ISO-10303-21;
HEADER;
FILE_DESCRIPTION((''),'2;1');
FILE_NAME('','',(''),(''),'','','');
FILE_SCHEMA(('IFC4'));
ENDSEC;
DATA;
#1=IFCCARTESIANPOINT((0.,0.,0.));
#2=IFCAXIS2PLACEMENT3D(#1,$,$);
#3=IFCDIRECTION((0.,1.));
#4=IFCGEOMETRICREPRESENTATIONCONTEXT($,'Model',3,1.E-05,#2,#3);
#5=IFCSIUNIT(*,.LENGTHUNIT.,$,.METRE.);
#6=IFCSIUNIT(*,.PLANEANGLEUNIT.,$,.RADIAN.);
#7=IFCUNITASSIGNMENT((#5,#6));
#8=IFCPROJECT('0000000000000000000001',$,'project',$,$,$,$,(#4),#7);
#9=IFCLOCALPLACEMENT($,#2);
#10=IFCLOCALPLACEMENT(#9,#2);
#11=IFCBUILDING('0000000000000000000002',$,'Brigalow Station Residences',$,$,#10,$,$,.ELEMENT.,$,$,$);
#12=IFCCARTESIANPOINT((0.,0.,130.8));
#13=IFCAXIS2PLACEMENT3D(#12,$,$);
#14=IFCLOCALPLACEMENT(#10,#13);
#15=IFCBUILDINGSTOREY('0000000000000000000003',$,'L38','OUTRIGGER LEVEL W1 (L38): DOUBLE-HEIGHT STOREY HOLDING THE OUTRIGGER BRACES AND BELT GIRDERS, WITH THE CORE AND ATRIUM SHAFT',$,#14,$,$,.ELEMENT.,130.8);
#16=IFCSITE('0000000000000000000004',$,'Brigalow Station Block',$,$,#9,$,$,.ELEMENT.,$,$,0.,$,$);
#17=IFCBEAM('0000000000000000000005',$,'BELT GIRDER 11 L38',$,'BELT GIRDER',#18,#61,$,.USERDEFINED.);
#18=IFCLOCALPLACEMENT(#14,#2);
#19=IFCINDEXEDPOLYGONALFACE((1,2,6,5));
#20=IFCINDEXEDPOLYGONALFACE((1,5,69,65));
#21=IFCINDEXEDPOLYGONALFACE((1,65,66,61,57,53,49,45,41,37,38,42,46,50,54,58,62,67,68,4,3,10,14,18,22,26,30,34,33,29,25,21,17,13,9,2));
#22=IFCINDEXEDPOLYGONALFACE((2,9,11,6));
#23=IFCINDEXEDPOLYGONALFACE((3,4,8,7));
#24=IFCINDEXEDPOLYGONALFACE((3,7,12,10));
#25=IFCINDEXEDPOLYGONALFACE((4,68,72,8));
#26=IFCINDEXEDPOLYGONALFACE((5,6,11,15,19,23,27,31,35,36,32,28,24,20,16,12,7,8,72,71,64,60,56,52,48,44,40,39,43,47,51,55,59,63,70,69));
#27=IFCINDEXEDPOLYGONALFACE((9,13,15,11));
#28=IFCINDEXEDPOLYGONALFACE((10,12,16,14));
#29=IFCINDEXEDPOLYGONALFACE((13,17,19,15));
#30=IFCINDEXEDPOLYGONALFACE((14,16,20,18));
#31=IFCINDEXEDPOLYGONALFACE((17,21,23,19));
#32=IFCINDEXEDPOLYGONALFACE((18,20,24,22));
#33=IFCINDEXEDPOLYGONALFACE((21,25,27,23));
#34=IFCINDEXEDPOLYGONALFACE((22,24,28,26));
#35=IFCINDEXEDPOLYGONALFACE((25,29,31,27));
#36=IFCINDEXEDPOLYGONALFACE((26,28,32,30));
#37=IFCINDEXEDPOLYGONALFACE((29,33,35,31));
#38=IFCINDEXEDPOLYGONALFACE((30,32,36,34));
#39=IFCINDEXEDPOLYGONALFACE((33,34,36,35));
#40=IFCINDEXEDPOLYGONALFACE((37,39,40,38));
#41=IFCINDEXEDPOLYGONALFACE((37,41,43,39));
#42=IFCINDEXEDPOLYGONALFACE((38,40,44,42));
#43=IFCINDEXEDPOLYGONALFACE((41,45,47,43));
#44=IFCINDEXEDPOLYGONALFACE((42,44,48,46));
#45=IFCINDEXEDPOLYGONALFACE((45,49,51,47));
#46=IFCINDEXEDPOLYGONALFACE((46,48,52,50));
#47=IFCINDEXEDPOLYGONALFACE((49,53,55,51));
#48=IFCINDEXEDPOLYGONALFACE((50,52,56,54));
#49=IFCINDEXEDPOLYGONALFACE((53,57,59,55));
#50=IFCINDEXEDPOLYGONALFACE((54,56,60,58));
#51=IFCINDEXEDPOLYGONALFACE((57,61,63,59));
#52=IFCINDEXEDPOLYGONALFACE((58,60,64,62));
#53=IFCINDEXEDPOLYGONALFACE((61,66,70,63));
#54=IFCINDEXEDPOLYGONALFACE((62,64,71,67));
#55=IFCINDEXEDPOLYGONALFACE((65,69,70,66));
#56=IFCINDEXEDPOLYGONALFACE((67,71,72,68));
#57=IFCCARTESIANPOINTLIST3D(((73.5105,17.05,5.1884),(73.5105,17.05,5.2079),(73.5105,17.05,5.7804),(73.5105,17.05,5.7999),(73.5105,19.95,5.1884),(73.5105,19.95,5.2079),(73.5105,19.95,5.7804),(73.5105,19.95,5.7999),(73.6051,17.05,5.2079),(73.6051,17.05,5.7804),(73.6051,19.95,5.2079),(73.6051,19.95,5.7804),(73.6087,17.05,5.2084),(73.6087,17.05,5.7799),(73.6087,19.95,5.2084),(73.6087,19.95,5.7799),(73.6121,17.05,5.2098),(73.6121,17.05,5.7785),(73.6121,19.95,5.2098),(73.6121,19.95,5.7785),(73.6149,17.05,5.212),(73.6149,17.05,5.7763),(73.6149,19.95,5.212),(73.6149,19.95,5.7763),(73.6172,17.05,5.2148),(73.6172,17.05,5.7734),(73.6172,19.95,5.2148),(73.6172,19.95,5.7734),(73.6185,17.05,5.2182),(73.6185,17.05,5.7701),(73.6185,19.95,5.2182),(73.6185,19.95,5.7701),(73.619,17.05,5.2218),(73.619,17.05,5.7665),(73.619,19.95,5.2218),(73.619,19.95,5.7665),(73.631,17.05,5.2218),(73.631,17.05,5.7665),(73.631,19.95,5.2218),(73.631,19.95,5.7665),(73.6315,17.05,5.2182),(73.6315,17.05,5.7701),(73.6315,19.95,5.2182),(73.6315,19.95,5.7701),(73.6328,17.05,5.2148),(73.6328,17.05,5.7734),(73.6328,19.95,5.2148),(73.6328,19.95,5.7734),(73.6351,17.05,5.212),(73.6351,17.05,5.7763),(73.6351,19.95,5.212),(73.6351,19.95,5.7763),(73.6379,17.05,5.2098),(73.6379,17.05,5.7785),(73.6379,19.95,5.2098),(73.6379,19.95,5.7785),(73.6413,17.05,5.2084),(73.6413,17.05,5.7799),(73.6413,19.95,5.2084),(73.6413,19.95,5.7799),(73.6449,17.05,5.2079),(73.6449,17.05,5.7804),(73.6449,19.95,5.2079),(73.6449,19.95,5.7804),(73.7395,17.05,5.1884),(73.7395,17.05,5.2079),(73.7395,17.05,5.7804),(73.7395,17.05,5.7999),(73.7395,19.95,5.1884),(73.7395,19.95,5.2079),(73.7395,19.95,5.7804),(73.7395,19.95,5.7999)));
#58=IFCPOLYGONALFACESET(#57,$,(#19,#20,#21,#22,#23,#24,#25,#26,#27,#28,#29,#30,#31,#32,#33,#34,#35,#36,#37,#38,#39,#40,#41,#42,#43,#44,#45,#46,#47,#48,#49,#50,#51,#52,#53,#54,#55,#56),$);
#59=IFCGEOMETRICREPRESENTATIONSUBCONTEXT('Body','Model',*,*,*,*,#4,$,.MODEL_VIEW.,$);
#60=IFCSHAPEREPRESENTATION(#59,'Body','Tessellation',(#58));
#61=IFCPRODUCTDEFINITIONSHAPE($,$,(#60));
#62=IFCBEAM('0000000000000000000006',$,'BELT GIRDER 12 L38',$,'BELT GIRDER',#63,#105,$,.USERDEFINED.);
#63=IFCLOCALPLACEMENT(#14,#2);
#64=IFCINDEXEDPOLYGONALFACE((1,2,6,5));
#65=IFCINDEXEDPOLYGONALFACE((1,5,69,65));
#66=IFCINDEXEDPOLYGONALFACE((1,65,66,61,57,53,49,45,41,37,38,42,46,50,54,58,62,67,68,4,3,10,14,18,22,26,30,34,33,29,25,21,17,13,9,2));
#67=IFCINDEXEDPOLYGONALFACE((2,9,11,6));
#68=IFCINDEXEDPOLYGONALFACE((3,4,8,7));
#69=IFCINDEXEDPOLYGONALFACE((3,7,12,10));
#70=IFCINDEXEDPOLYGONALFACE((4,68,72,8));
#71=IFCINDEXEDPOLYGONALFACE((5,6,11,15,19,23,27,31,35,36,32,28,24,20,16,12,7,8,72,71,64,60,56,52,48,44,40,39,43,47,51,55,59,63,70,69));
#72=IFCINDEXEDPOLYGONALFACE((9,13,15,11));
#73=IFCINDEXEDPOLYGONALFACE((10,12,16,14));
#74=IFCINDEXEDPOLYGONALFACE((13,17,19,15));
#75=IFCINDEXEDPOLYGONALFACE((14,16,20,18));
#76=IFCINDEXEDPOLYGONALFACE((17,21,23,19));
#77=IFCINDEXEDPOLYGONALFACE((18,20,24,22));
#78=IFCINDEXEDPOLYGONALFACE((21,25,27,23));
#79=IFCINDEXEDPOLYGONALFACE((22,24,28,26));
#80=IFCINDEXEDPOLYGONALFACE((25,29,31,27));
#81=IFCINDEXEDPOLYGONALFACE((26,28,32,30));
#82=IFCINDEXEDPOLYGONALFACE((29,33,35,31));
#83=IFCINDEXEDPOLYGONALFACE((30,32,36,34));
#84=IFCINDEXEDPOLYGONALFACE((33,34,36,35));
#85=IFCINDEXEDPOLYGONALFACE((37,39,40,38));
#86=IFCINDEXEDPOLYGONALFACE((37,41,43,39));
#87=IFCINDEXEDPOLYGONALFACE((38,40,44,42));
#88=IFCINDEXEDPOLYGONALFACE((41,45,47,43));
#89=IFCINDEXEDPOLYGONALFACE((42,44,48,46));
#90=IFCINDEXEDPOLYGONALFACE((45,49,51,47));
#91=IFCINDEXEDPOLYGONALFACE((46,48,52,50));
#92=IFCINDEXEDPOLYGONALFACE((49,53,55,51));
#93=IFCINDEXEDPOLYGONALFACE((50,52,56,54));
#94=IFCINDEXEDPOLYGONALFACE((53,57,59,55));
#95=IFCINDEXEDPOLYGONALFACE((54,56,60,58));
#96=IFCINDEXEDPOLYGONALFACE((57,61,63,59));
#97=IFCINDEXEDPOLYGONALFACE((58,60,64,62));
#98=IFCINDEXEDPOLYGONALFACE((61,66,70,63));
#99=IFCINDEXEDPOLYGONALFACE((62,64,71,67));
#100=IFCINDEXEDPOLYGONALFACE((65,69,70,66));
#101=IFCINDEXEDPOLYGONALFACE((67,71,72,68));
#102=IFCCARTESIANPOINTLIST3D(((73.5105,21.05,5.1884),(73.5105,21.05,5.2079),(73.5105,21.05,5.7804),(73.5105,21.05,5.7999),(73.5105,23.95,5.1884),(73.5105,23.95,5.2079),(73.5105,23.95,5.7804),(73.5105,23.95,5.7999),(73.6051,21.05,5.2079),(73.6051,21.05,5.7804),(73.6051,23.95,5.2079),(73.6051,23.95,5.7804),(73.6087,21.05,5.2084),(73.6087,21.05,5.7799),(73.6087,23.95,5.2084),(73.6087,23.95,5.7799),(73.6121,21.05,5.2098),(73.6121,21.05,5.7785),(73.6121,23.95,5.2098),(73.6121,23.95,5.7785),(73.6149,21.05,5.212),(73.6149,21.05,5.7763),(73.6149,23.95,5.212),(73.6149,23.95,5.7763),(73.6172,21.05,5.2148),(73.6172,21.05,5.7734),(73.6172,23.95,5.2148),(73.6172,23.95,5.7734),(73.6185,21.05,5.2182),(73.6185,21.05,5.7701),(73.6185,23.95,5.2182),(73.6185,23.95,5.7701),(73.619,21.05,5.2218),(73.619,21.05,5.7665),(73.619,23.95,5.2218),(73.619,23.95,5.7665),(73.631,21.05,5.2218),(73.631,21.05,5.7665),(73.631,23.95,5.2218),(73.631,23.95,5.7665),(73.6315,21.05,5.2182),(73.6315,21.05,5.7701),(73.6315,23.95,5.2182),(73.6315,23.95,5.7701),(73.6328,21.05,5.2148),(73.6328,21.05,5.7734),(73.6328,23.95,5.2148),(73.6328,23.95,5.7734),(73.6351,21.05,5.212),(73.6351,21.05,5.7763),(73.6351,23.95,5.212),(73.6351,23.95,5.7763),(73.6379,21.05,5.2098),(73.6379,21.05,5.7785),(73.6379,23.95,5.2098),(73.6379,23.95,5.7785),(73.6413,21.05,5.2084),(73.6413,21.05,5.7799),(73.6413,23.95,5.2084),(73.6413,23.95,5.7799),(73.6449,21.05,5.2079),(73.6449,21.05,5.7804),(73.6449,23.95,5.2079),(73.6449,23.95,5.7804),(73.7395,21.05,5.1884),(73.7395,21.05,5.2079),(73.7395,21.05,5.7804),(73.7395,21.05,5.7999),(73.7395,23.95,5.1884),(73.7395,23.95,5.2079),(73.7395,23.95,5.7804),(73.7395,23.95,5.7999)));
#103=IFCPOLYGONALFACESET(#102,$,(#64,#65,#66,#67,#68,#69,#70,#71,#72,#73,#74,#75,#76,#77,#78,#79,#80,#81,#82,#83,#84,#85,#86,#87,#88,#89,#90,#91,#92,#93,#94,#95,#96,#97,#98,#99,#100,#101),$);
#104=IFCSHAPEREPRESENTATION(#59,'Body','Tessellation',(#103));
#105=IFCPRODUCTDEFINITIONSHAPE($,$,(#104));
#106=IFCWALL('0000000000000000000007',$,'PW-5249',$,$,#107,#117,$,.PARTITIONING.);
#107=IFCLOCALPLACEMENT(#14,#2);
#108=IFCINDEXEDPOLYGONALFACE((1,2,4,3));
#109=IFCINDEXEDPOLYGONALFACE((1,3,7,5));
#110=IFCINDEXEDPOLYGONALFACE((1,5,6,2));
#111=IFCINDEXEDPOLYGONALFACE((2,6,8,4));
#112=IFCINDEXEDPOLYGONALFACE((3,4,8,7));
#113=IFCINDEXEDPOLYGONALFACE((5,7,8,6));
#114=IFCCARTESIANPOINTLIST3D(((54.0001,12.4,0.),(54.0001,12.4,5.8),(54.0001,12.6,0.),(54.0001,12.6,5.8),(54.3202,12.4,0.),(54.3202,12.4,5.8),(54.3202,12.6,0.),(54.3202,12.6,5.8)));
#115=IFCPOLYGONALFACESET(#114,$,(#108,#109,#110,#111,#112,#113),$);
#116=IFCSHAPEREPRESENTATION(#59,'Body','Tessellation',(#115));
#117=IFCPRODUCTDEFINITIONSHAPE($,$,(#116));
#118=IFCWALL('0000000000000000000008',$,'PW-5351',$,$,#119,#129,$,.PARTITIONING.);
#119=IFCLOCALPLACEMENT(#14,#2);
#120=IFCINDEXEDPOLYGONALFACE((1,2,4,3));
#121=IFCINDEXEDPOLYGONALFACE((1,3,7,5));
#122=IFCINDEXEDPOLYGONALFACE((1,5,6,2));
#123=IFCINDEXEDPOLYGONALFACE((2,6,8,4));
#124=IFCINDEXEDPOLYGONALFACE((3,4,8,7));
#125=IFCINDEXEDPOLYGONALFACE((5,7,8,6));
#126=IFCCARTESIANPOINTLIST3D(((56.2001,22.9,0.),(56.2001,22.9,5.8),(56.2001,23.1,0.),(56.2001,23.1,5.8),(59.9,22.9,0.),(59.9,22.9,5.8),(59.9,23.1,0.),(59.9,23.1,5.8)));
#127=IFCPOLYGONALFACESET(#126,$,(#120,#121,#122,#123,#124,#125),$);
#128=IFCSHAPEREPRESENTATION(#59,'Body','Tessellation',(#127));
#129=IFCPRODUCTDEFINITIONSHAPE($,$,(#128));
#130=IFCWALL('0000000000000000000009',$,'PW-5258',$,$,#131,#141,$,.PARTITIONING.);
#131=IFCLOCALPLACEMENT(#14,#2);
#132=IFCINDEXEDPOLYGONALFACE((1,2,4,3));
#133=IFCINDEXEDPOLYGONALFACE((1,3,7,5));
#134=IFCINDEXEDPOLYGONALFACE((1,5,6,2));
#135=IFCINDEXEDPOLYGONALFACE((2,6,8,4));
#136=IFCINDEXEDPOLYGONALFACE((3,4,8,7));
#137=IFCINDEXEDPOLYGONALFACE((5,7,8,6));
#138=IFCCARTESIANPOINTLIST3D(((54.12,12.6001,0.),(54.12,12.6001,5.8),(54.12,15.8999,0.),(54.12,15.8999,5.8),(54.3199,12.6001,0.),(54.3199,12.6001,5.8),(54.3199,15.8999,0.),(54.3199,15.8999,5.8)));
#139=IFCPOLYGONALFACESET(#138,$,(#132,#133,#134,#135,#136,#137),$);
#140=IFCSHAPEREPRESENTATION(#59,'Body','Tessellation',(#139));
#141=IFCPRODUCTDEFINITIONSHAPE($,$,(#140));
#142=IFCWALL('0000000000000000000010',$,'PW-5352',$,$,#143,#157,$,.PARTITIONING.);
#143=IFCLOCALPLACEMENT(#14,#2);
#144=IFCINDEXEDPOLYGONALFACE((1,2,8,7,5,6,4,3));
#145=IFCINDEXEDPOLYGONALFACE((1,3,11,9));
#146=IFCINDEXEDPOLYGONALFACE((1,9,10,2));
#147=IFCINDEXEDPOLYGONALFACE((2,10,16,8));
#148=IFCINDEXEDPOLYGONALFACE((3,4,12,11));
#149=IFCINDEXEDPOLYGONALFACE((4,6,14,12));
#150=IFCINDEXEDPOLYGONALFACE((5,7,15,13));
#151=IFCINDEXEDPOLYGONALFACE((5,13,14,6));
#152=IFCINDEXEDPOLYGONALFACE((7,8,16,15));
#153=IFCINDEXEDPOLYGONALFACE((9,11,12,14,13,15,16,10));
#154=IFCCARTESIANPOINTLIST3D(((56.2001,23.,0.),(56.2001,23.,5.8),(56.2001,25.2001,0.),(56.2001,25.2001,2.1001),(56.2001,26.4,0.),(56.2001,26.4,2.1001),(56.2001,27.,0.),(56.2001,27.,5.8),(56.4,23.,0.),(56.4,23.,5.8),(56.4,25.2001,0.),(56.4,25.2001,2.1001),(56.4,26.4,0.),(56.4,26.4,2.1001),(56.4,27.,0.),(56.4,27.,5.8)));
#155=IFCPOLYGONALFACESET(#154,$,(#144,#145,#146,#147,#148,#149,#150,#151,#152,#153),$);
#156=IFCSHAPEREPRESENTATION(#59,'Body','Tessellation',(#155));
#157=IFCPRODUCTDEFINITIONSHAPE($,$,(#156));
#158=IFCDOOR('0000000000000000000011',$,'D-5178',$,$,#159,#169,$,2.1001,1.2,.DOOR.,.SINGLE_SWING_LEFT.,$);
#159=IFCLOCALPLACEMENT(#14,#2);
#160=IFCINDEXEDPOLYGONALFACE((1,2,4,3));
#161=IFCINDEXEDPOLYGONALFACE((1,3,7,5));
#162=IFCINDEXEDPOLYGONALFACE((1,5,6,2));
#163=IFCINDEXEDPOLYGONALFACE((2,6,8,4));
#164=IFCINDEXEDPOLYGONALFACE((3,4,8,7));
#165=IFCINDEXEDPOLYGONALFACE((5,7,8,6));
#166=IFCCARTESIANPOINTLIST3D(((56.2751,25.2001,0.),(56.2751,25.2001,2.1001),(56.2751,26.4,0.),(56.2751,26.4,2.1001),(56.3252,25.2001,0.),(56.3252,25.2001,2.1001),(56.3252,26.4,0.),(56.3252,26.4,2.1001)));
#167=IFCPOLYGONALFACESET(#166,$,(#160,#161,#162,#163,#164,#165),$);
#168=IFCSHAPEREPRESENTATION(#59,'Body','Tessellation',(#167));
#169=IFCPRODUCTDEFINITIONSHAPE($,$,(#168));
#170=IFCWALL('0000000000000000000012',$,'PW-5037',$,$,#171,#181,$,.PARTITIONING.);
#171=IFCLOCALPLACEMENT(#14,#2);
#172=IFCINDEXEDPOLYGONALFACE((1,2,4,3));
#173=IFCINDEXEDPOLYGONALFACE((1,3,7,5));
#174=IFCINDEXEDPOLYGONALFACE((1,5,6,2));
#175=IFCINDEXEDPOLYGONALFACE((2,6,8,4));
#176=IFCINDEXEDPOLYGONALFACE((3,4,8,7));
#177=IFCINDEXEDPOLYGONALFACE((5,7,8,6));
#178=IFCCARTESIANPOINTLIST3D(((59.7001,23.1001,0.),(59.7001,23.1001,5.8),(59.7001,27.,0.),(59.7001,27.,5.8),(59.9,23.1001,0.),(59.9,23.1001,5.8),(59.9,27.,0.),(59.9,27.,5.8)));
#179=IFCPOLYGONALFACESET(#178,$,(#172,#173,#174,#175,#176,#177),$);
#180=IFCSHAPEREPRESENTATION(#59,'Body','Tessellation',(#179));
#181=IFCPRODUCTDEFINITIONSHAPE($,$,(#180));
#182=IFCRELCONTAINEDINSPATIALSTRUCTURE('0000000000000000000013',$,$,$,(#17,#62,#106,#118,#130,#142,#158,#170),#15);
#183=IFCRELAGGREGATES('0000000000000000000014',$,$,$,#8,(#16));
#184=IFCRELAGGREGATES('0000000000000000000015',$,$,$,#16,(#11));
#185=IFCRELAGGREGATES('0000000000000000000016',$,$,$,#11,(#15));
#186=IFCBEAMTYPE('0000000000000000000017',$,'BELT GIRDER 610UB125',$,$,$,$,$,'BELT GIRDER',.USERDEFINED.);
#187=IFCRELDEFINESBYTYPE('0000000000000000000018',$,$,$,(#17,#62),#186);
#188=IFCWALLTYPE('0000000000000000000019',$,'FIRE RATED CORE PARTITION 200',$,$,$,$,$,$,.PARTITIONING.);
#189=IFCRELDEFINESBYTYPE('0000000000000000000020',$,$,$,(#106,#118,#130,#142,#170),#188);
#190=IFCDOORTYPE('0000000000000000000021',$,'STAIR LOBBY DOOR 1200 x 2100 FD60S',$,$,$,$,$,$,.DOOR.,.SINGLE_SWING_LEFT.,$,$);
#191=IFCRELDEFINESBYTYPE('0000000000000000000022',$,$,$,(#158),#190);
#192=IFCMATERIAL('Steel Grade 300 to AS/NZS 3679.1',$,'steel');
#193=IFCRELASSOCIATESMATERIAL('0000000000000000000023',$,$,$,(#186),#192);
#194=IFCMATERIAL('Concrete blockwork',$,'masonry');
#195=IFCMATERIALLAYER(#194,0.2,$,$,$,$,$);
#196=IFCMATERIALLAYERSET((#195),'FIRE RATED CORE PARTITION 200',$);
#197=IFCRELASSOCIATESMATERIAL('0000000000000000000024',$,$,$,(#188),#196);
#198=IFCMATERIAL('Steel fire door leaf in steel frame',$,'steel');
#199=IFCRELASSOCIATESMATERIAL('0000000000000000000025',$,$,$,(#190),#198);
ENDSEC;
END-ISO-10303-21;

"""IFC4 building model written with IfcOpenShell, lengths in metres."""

from ifc_helpers import new_model, si_unit, direction, frame, frame_2d, origin, origin_2d, place, context, subcontext, project, spatial, rectangle, i_section, extrude, material, layer, layer_set, material_profile, profile_set, type_object, element, fill, save


model = new_model("IFC4")

# Units and contexts
model_context = context("Model", 3, precision=1e-05, world=origin(), true_north=direction((0.0, 1.0)))
body_context = subcontext(model_context, "Body", "Model", "MODEL_VIEW")
ifc_project = project(units=[si_unit("LENGTHUNIT", "METRE"), si_unit("PLANEANGLEUNIT", "RADIAN")], contexts=[model_context])

# Site, building, storey
site_placement = place(None, origin())
site = spatial("IfcSite", under=ifc_project, at=site_placement, Name="Brigalow Station Block", CompositionType="ELEMENT", RefElevation=0.0)
building_placement = place(site_placement, origin())
building = spatial("IfcBuilding", under=site, at=building_placement, Name="Brigalow Station Residences", CompositionType="ELEMENT")
storey_placement = place(building_placement, frame((0.0, 0.0, 130.8)))
storey = spatial("IfcBuildingStorey", under=building, at=storey_placement, Name="L38", Description="OUTRIGGER LEVEL W1 (L38): DOUBLE-HEIGHT STOREY HOLDING THE OUTRIGGER BRACES AND BELT GIRDERS, WITH THE CORE AND ATRIUM SHAFT", CompositionType="ELEMENT", Elevation=130.8)

# Beams
ifc_material_1 = material(Name="Steel Grade 300 to AS/NZS 3679.1", Category="steel")
ifc_material_profile_1 = material_profile(ifc_material_1, i_section(OverallWidth=0.229, OverallDepth=0.6116, WebThickness=0.012, FlangeThickness=0.0195, FilletRadius=0.0139, at=origin_2d()), Name="610UB125")
ifc_profile_set_1 = profile_set([ifc_material_profile_1], Name="Steel Grade 300 to AS/NZS 3679.1")
beam_type = type_object("IfcBeamType", Name="BELT GIRDER 610UB125", ElementType="BELT GIRDER", PredefinedType="USERDEFINED", material=ifc_profile_set_1)
for number, where, z_axis, x_axis, name in (
    (1, (73.625, 17.05, 5.4941), (0.0, 1.0, 0.0), (-1.0, 0.0, 0.0), "BELT GIRDER 11 L38"),
    (2, (73.625, 21.05, 5.4941), (0.0, 1.0, 0.0), (-1.0, 0.0, 0.0), "BELT GIRDER 12 L38"),
):
    element("IfcBeam", number, at=place(storey_placement, frame(where, z_axis=z_axis, x_axis=x_axis)), inside=storey, type_object=beam_type, Name=name, ObjectType="BELT GIRDER", PredefinedType="USERDEFINED", context=body_context, shape_type="SweptSolid", body=[
        extrude(i_section(OverallWidth=0.229, OverallDepth=0.6116, WebThickness=0.012, FlangeThickness=0.0195, FilletRadius=0.0139, at=origin_2d()), origin(), (0.0, 0.0, 1.0), 2.8999),
    ])

# Walls
ifc_material_2 = material(Name="Concrete blockwork", Category="masonry")
ifc_layer = layer(ifc_material_2, 0.2)
ifc_layer_set = layer_set([ifc_layer], Name="FIRE RATED CORE PARTITION 200")
wall_type = type_object("IfcWallType", Name="FIRE RATED CORE PARTITION 200", PredefinedType="PARTITIONING", material=ifc_layer_set)
wall_1_placement = place(storey_placement, frame((54.0, 12.5, 0.0), z_axis=(0.0, 0.0, 1.0), x_axis=(1.0, 0.0, 0.0)))
element("IfcWall", 3, at=wall_1_placement, inside=storey, type_object=wall_type, Name="PW-5249", PredefinedType="PARTITIONING", context=body_context, shape_type="SweptSolid", body=[
    extrude(rectangle(XDim=0.3201, YDim=0.2, at=frame_2d((0.1602, 0.0))), origin(), (0.0, 0.0, 1.0), 5.8),
])
wall_2_placement = place(storey_placement, frame((56.2, 23.0, 0.0), z_axis=(0.0, 0.0, 1.0), x_axis=(1.0, 0.0, 0.0)))
element("IfcWall", 4, at=wall_2_placement, inside=storey, type_object=wall_type, Name="PW-5351", PredefinedType="PARTITIONING", context=body_context, shape_type="SweptSolid", body=[
    extrude(rectangle(XDim=3.7, YDim=0.2, at=frame_2d((1.8501, 0.0))), origin(), (0.0, 0.0, 1.0), 5.8),
])
wall_3_placement = place(storey_placement, frame((54.22, 12.6001, 0.0), z_axis=(0.0, 0.0, 1.0), x_axis=(0.0, 1.0, 0.0)))
element("IfcWall", 5, at=wall_3_placement, inside=storey, type_object=wall_type, Name="PW-5258", PredefinedType="PARTITIONING", context=body_context, shape_type="SweptSolid", body=[
    extrude(rectangle(XDim=3.2998, YDim=0.2, at=frame_2d((1.6499, 0.0))), origin(), (0.0, 0.0, 1.0), 5.8),
])

# Wall, opening, door
wall_4_placement = place(storey_placement, frame((56.3, 23.0, 0.0), z_axis=(0.0, 0.0, 1.0), x_axis=(0.0, 1.0, 0.0)))
wall_4 = element("IfcWall", 6, at=wall_4_placement, inside=storey, type_object=wall_type, Name="PW-5352", PredefinedType="PARTITIONING", context=body_context, shape_type="SweptSolid", body=[
    extrude(rectangle(XDim=4.0, YDim=0.2, at=frame_2d((2.0, 0.0))), origin(), (0.0, 0.0, 1.0), 5.8),
])
opening_placement = place(wall_4_placement, frame((2.2, 0.0, 0.0)))
opening = element("IfcOpeningElement", 7, at=opening_placement, cuts=wall_4, PredefinedType="OPENING", context=body_context, shape_type="SweptSolid", body=[
    extrude(rectangle(XDim=1.2, YDim=2.1001, at=frame_2d((0.6001, 1.05))), frame((0.0, 0.1099, 0.0), z_axis=(0.0, -1.0, 0.0), x_axis=(1.0, 0.0, 0.0)), (0.0, 0.0, 1.0), 0.22),
])
ifc_material_3 = material(Name="Steel fire door leaf in steel frame", Category="steel")
door_type = type_object("IfcDoorType", Name="STAIR LOBBY DOOR 1200 x 2100 FD60S", OperationType="SINGLE_SWING_LEFT", PredefinedType="DOOR", material=ifc_material_3)
door_placement = place(opening_placement, origin())
door = element("IfcDoor", 8, at=door_placement, inside=storey, type_object=door_type, Name="D-5178", OperationType="SINGLE_SWING_LEFT", OverallHeight=2.1001, OverallWidth=1.2, PredefinedType="DOOR", context=body_context, shape_type="SweptSolid", body=[
    extrude(rectangle(XDim=1.2, YDim=2.1001, at=frame_2d((0.6001, 1.05))), frame((0.0, 0.0249, 0.0), z_axis=(0.0, -1.0, 0.0), x_axis=(1.0, 0.0, 0.0)), (0.0, 0.0, 1.0), 0.05),
])
fill(opening, door)

# Wall
wall_5_placement = place(storey_placement, frame((59.8, 23.1001, 0.0), z_axis=(0.0, 0.0, 1.0), x_axis=(0.0, 1.0, 0.0)))
element("IfcWall", 9, at=wall_5_placement, inside=storey, type_object=wall_type, Name="PW-5037", PredefinedType="PARTITIONING", context=body_context, shape_type="SweptSolid", body=[
    extrude(rectangle(XDim=3.8999, YDim=0.2, at=frame_2d((1.95, 0.0))), origin(), (0.0, 0.0, 1.0), 5.8),
])

save(model, "model.ifc")
